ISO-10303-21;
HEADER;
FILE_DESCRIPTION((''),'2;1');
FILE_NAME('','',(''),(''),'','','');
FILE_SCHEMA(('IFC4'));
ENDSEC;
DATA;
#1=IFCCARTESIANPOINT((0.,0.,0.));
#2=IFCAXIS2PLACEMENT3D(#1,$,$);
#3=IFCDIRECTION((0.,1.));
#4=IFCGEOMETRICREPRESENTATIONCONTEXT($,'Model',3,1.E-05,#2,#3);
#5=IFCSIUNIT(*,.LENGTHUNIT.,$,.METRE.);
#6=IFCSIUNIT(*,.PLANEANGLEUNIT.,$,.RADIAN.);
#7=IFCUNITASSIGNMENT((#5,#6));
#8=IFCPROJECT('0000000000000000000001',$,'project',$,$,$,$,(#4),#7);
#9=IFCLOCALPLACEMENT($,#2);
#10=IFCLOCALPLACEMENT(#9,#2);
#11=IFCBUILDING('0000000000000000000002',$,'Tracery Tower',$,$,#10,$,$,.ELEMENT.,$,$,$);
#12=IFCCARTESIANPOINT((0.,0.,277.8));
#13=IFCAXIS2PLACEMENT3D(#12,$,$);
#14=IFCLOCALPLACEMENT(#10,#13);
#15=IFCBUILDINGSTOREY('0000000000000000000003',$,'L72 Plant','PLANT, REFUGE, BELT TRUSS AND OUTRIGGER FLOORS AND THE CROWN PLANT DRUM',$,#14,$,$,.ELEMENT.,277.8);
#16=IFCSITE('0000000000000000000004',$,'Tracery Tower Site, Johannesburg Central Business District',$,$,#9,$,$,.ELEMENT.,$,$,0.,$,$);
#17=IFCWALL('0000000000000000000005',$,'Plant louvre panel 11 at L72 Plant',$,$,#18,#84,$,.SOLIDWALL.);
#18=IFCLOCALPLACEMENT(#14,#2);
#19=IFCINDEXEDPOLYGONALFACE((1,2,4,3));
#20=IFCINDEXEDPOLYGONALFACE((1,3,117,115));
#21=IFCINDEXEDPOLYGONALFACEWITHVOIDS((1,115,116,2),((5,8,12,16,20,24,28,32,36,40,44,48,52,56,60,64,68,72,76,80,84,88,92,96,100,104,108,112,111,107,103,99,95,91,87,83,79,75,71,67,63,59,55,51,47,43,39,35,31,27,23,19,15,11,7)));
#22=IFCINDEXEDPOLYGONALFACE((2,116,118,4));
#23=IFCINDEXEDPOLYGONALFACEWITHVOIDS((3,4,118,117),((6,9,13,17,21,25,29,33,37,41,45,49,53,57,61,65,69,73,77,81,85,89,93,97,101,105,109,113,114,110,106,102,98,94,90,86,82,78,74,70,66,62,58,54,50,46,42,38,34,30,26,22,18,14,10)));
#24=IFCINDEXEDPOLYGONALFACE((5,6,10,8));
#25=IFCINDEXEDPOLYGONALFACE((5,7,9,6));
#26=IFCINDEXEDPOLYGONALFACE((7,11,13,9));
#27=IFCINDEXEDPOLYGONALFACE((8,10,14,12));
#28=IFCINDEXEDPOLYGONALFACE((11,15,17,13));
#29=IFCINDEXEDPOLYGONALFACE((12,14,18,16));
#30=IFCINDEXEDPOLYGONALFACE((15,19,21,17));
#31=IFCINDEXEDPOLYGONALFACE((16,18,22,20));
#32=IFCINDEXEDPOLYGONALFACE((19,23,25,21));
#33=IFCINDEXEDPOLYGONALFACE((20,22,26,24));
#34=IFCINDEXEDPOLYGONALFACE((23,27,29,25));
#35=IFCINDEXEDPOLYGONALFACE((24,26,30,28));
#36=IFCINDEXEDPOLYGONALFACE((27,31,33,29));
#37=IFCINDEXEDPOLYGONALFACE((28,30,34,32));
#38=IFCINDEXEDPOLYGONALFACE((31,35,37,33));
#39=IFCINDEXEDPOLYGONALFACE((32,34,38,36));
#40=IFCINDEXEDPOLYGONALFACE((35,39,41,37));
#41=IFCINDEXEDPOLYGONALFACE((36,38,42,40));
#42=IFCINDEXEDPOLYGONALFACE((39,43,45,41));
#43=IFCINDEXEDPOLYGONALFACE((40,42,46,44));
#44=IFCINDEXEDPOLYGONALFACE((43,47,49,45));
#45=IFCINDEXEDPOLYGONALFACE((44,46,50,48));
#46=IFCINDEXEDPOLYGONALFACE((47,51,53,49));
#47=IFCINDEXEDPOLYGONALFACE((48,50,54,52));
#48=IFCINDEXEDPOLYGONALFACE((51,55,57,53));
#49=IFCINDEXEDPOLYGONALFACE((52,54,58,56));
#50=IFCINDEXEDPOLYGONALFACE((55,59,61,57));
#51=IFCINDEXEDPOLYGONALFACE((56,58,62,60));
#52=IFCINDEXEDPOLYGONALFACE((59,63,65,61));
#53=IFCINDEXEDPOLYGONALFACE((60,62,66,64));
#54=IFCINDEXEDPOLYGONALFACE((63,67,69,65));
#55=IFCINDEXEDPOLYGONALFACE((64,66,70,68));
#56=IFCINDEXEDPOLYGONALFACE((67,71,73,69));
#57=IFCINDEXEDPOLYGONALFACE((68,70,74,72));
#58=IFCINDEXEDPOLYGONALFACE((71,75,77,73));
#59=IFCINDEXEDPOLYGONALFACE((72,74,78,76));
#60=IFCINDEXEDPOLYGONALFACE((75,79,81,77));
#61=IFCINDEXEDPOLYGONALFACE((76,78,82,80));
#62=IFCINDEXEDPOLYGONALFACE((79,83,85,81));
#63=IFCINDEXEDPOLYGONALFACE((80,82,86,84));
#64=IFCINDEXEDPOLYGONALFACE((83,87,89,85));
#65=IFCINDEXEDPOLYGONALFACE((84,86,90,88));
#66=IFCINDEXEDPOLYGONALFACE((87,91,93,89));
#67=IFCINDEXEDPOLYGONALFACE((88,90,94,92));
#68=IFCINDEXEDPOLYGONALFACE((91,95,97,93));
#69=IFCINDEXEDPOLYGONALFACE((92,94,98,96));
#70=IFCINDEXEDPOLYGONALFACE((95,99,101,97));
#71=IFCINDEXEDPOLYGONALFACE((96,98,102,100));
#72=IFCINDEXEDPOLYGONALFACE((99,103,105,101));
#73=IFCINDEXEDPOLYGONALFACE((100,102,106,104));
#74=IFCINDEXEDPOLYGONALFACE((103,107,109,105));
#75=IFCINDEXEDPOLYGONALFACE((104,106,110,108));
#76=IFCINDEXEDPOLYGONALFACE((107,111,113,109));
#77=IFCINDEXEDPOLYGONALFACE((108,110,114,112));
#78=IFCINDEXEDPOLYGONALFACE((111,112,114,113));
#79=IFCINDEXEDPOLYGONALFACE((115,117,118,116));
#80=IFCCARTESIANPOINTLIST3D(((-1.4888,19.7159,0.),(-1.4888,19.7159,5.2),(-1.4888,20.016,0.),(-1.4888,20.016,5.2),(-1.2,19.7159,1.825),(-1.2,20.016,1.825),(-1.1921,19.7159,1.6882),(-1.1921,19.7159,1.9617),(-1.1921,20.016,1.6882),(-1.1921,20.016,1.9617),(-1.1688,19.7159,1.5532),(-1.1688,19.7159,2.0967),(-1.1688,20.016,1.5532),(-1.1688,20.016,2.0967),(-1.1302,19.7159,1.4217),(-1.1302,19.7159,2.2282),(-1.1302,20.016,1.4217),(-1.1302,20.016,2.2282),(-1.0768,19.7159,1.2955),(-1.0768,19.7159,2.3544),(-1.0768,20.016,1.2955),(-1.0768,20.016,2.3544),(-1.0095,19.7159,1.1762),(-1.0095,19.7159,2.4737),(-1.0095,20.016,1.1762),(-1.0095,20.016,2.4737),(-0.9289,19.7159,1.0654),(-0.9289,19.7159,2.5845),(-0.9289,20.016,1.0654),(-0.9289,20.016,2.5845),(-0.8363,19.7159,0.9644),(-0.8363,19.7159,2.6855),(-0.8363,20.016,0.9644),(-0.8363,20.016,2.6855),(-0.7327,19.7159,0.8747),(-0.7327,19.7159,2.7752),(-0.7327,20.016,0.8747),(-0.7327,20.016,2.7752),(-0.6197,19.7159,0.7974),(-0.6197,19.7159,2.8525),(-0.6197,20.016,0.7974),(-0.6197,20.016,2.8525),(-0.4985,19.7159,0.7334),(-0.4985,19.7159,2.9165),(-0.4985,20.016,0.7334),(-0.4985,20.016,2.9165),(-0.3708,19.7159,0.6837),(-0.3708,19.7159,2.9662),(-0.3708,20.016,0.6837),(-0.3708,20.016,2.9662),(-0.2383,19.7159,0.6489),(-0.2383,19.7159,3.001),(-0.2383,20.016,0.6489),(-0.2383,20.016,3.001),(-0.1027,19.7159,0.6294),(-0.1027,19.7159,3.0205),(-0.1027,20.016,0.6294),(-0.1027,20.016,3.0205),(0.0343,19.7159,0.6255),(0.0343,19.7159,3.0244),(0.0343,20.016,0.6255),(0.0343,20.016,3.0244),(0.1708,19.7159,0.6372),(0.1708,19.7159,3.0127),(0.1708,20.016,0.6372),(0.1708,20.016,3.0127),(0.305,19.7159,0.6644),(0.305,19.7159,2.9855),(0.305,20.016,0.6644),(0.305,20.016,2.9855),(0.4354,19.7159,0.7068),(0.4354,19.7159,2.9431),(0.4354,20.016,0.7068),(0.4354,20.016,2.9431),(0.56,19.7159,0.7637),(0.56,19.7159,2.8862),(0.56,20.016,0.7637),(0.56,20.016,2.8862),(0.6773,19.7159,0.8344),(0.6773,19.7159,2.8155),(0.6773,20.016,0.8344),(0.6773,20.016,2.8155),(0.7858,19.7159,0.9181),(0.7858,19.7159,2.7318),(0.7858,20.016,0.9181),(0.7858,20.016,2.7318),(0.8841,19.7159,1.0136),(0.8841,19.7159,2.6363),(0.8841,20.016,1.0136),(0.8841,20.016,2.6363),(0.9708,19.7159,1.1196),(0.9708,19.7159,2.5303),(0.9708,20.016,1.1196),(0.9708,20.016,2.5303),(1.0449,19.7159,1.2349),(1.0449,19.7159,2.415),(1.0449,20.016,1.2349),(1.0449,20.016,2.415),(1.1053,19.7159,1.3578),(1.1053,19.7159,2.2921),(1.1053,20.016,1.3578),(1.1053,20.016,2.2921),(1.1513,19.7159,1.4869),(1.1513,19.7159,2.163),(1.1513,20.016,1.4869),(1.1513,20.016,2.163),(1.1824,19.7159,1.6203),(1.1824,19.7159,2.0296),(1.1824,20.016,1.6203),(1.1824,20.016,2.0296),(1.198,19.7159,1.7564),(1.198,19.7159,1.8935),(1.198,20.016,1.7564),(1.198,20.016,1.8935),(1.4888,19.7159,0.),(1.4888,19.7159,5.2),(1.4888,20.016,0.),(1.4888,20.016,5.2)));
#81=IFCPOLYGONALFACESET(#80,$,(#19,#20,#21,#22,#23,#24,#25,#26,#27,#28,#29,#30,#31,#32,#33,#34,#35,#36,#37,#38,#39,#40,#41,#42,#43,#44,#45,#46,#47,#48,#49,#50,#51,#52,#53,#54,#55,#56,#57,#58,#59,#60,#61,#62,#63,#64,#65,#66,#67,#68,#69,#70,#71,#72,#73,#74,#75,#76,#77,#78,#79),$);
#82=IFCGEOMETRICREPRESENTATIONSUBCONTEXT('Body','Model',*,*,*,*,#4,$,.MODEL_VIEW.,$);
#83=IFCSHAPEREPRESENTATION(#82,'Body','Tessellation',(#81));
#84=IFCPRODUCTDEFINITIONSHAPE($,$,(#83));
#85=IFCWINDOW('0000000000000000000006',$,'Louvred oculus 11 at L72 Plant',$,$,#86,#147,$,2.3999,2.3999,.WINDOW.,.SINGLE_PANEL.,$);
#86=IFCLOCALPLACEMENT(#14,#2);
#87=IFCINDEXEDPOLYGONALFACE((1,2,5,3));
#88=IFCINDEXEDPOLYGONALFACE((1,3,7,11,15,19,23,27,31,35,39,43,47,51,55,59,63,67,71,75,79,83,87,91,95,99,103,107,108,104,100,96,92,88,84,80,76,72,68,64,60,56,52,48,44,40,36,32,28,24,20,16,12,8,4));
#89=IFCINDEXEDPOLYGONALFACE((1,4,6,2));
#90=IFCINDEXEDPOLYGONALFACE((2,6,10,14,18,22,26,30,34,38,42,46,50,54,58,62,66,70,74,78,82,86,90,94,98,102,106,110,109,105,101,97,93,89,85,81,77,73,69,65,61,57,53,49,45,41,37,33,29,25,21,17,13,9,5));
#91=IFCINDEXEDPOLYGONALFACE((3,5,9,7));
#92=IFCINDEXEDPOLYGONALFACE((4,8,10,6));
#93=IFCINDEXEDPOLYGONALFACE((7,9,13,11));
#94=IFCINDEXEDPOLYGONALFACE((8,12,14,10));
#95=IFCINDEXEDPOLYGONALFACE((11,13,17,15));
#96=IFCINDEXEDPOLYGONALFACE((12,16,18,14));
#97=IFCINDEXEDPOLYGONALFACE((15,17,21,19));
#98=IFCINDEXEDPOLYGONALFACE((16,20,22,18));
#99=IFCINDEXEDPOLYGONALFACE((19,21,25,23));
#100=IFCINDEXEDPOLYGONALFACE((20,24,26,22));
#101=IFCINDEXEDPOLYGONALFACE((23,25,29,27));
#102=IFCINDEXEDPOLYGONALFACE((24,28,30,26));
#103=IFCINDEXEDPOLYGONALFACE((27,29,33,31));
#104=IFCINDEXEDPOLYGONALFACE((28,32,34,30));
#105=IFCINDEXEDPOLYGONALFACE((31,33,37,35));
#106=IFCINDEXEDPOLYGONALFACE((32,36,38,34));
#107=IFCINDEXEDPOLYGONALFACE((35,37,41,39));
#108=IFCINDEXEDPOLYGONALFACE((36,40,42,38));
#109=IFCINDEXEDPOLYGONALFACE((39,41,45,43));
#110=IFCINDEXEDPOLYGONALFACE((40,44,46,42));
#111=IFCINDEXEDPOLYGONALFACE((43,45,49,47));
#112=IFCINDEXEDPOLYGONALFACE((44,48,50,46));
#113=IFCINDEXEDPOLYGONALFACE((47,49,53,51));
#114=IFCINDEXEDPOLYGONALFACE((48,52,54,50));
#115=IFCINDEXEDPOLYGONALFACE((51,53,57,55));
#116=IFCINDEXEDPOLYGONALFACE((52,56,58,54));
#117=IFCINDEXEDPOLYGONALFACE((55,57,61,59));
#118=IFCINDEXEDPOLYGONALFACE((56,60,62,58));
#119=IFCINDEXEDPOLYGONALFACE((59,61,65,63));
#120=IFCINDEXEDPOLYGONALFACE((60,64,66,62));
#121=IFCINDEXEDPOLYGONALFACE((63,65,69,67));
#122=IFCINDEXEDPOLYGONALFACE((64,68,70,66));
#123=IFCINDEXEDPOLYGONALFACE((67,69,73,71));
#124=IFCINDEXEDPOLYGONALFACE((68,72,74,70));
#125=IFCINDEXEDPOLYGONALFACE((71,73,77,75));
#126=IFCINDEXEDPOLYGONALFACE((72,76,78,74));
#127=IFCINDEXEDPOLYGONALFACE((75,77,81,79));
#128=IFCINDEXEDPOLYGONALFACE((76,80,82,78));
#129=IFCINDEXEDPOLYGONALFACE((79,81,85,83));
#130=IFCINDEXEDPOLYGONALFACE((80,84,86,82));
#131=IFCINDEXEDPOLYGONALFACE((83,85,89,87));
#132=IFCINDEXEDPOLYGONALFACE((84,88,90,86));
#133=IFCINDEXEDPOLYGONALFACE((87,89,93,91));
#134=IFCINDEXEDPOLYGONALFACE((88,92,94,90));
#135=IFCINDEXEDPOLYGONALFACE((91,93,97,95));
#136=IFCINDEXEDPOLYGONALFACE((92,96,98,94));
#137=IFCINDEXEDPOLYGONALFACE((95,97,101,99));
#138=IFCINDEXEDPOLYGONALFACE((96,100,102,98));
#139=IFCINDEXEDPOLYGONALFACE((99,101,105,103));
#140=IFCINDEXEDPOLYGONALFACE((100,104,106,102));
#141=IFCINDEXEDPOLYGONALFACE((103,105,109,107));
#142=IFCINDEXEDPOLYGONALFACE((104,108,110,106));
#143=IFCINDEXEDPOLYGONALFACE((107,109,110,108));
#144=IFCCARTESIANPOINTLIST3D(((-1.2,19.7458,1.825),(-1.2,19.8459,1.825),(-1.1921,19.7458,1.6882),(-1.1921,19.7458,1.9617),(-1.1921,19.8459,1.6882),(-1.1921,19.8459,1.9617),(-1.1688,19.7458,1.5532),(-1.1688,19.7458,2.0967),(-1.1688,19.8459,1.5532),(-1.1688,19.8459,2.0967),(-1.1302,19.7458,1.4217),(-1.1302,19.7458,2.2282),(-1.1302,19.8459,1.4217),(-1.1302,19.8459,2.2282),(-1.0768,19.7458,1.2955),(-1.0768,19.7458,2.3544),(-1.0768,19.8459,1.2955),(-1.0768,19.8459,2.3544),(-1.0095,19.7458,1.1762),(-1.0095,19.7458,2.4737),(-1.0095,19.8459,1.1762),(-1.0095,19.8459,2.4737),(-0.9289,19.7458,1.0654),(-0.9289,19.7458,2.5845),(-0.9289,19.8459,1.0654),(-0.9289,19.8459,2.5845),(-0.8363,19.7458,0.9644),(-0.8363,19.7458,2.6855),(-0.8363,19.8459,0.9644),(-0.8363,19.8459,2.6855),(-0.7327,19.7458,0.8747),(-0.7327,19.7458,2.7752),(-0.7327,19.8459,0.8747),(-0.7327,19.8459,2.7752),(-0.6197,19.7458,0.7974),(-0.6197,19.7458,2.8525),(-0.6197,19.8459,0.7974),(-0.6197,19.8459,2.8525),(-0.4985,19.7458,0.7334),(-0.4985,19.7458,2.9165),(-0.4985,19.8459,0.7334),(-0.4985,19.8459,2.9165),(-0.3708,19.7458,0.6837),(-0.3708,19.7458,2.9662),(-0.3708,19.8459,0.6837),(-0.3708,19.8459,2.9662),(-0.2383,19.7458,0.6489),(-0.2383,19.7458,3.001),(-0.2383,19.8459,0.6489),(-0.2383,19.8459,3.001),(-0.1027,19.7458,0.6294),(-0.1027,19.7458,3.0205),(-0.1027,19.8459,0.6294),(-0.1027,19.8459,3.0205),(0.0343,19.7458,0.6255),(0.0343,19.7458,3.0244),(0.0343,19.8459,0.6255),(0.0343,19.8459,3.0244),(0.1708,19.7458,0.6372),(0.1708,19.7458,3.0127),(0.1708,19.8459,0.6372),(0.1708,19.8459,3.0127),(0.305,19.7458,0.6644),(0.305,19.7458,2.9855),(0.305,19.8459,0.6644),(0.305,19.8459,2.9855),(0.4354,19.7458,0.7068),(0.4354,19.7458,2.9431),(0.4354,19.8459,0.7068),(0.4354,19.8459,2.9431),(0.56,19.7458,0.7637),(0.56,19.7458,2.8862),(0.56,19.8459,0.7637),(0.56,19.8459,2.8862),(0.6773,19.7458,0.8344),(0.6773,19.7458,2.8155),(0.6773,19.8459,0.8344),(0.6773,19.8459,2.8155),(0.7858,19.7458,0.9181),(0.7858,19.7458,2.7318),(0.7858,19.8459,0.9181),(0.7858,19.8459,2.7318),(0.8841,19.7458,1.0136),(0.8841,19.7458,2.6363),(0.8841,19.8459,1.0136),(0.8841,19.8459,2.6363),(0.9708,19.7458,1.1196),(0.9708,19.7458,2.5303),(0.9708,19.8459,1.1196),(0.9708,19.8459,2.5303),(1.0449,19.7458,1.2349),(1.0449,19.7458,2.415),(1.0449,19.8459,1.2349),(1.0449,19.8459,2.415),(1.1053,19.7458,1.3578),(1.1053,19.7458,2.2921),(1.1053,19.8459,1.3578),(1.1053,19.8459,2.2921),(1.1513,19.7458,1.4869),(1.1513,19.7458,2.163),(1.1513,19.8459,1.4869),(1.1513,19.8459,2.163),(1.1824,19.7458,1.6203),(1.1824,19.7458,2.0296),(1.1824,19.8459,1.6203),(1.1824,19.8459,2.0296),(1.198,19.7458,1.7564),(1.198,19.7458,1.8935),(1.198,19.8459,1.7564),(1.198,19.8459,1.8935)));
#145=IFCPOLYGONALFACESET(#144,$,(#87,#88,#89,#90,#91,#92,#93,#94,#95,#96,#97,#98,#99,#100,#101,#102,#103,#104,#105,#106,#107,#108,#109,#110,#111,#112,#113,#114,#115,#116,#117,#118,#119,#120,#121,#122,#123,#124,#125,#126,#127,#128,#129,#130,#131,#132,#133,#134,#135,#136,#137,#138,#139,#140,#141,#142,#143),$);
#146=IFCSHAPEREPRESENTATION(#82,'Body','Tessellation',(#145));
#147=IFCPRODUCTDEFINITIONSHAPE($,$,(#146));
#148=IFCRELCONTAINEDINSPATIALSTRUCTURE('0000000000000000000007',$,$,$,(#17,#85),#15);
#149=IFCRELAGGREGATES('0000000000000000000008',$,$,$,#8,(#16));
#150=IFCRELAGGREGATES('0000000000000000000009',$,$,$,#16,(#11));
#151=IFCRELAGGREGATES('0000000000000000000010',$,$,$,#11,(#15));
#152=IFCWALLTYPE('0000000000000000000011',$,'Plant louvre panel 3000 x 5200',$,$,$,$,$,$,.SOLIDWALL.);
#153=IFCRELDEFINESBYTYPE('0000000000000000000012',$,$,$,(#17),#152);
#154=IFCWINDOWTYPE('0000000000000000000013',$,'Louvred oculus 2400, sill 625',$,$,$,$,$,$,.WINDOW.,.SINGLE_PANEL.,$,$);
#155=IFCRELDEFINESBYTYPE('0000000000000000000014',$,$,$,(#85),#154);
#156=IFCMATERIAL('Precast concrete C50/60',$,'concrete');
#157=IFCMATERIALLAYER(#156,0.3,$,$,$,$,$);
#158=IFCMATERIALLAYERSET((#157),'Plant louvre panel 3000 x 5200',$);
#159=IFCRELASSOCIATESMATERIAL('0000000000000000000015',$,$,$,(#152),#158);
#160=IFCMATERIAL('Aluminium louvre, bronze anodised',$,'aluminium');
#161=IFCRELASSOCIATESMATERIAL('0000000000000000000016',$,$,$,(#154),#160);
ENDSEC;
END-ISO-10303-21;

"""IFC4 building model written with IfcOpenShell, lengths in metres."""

from ifc_helpers import new_model, si_unit, direction, frame, frame_2d, origin, origin_2d, place, context, subcontext, project, spatial, rectangle, circle, extrude, material, layer, layer_set, type_object, element, fill, save


model = new_model("IFC4")

# Units and contexts
model_context = context("Model", 3, precision=1e-05, world=origin(), true_north=direction((0.0, 1.0)))
body_context = subcontext(model_context, "Body", "Model", "MODEL_VIEW")
ifc_project = project(units=[si_unit("LENGTHUNIT", "METRE"), si_unit("PLANEANGLEUNIT", "RADIAN")], contexts=[model_context])

# Site, building, storey
site_placement = place(None, origin())
site = spatial("IfcSite", under=ifc_project, at=site_placement, Name="Tracery Tower Site, Johannesburg Central Business District", CompositionType="ELEMENT", RefElevation=0.0)
building_placement = place(site_placement, origin())
building = spatial("IfcBuilding", under=site, at=building_placement, Name="Tracery Tower", CompositionType="ELEMENT")
storey_placement = place(building_placement, frame((0.0, 0.0, 277.8)))
storey = spatial("IfcBuildingStorey", under=building, at=storey_placement, Name="L72 Plant", Description="PLANT, REFUGE, BELT TRUSS AND OUTRIGGER FLOORS AND THE CROWN PLANT DRUM", CompositionType="ELEMENT", Elevation=277.8)

# Wall, opening, window
ifc_material_1 = material(Name="Precast concrete C50/60", Category="concrete")
ifc_layer_1 = layer(ifc_material_1, 0.3)
ifc_layer_set_1 = layer_set([ifc_layer_1], Name="Plant louvre panel 3000 x 5200")
wall_type_1 = type_object("IfcWallType", Name="Plant louvre panel 3000 x 5200", PredefinedType="SOLIDWALL", material=ifc_layer_set_1)
wall_1_placement = place(storey_placement, frame((1.4888, 19.866, 0.0), z_axis=(0.0, 0.0, 1.0), x_axis=(-1.0, 0.0, 0.0)))
wall_1 = element("IfcWall", 1, at=wall_1_placement, inside=storey, type_object=wall_type_1, Name="Plant louvre panel 11 at L72 Plant", PredefinedType="SOLIDWALL", context=body_context, shape_type="SweptSolid", body=[
    extrude(rectangle(XDim=2.9775, YDim=0.3, at=frame_2d((1.4888, 0.0))), origin(), (0.0, 0.0, 1.0), 5.2),
])
opening_1_placement = place(wall_1_placement, frame((1.4888, 0.0, 1.825)))
opening_1 = element("IfcOpeningElement", 2, at=opening_1_placement, cuts=wall_1, PredefinedType="OPENING", context=body_context, shape_type="SweptSolid", body=[
    extrude(circle(Radius=1.2, at=origin_2d()), frame((0.0, 0.1599, 0.0), z_axis=(0.0, -1.0, 0.0), x_axis=(1.0, 0.0, 0.0)), (0.0, 0.0, 1.0), 0.3201),
])
ifc_material_2 = material(Name="Aluminium louvre, bronze anodised", Category="aluminium")
window_type = type_object("IfcWindowType", Name="Louvred oculus 2400, sill 625", PartitioningType="SINGLE_PANEL", PredefinedType="WINDOW", material=ifc_material_2)
window_1_placement = place(opening_1_placement, origin())
window_1 = element("IfcWindow", 3, at=window_1_placement, inside=storey, type_object=window_type, Name="Louvred oculus 11 at L72 Plant", OverallHeight=2.3999, OverallWidth=2.3999, PartitioningType="SINGLE_PANEL", PredefinedType="WINDOW", context=body_context, shape_type="SweptSolid", body=[
    extrude(circle(Radius=1.2, at=origin_2d()), frame((0.0, 0.1201, 0.0), z_axis=(0.0, -1.0, 0.0), x_axis=(1.0, 0.0, 0.0)), (0.0, 0.0, 1.0), 0.1001),
])
fill(opening_1, window_1)

save(model, "model.ifc")
